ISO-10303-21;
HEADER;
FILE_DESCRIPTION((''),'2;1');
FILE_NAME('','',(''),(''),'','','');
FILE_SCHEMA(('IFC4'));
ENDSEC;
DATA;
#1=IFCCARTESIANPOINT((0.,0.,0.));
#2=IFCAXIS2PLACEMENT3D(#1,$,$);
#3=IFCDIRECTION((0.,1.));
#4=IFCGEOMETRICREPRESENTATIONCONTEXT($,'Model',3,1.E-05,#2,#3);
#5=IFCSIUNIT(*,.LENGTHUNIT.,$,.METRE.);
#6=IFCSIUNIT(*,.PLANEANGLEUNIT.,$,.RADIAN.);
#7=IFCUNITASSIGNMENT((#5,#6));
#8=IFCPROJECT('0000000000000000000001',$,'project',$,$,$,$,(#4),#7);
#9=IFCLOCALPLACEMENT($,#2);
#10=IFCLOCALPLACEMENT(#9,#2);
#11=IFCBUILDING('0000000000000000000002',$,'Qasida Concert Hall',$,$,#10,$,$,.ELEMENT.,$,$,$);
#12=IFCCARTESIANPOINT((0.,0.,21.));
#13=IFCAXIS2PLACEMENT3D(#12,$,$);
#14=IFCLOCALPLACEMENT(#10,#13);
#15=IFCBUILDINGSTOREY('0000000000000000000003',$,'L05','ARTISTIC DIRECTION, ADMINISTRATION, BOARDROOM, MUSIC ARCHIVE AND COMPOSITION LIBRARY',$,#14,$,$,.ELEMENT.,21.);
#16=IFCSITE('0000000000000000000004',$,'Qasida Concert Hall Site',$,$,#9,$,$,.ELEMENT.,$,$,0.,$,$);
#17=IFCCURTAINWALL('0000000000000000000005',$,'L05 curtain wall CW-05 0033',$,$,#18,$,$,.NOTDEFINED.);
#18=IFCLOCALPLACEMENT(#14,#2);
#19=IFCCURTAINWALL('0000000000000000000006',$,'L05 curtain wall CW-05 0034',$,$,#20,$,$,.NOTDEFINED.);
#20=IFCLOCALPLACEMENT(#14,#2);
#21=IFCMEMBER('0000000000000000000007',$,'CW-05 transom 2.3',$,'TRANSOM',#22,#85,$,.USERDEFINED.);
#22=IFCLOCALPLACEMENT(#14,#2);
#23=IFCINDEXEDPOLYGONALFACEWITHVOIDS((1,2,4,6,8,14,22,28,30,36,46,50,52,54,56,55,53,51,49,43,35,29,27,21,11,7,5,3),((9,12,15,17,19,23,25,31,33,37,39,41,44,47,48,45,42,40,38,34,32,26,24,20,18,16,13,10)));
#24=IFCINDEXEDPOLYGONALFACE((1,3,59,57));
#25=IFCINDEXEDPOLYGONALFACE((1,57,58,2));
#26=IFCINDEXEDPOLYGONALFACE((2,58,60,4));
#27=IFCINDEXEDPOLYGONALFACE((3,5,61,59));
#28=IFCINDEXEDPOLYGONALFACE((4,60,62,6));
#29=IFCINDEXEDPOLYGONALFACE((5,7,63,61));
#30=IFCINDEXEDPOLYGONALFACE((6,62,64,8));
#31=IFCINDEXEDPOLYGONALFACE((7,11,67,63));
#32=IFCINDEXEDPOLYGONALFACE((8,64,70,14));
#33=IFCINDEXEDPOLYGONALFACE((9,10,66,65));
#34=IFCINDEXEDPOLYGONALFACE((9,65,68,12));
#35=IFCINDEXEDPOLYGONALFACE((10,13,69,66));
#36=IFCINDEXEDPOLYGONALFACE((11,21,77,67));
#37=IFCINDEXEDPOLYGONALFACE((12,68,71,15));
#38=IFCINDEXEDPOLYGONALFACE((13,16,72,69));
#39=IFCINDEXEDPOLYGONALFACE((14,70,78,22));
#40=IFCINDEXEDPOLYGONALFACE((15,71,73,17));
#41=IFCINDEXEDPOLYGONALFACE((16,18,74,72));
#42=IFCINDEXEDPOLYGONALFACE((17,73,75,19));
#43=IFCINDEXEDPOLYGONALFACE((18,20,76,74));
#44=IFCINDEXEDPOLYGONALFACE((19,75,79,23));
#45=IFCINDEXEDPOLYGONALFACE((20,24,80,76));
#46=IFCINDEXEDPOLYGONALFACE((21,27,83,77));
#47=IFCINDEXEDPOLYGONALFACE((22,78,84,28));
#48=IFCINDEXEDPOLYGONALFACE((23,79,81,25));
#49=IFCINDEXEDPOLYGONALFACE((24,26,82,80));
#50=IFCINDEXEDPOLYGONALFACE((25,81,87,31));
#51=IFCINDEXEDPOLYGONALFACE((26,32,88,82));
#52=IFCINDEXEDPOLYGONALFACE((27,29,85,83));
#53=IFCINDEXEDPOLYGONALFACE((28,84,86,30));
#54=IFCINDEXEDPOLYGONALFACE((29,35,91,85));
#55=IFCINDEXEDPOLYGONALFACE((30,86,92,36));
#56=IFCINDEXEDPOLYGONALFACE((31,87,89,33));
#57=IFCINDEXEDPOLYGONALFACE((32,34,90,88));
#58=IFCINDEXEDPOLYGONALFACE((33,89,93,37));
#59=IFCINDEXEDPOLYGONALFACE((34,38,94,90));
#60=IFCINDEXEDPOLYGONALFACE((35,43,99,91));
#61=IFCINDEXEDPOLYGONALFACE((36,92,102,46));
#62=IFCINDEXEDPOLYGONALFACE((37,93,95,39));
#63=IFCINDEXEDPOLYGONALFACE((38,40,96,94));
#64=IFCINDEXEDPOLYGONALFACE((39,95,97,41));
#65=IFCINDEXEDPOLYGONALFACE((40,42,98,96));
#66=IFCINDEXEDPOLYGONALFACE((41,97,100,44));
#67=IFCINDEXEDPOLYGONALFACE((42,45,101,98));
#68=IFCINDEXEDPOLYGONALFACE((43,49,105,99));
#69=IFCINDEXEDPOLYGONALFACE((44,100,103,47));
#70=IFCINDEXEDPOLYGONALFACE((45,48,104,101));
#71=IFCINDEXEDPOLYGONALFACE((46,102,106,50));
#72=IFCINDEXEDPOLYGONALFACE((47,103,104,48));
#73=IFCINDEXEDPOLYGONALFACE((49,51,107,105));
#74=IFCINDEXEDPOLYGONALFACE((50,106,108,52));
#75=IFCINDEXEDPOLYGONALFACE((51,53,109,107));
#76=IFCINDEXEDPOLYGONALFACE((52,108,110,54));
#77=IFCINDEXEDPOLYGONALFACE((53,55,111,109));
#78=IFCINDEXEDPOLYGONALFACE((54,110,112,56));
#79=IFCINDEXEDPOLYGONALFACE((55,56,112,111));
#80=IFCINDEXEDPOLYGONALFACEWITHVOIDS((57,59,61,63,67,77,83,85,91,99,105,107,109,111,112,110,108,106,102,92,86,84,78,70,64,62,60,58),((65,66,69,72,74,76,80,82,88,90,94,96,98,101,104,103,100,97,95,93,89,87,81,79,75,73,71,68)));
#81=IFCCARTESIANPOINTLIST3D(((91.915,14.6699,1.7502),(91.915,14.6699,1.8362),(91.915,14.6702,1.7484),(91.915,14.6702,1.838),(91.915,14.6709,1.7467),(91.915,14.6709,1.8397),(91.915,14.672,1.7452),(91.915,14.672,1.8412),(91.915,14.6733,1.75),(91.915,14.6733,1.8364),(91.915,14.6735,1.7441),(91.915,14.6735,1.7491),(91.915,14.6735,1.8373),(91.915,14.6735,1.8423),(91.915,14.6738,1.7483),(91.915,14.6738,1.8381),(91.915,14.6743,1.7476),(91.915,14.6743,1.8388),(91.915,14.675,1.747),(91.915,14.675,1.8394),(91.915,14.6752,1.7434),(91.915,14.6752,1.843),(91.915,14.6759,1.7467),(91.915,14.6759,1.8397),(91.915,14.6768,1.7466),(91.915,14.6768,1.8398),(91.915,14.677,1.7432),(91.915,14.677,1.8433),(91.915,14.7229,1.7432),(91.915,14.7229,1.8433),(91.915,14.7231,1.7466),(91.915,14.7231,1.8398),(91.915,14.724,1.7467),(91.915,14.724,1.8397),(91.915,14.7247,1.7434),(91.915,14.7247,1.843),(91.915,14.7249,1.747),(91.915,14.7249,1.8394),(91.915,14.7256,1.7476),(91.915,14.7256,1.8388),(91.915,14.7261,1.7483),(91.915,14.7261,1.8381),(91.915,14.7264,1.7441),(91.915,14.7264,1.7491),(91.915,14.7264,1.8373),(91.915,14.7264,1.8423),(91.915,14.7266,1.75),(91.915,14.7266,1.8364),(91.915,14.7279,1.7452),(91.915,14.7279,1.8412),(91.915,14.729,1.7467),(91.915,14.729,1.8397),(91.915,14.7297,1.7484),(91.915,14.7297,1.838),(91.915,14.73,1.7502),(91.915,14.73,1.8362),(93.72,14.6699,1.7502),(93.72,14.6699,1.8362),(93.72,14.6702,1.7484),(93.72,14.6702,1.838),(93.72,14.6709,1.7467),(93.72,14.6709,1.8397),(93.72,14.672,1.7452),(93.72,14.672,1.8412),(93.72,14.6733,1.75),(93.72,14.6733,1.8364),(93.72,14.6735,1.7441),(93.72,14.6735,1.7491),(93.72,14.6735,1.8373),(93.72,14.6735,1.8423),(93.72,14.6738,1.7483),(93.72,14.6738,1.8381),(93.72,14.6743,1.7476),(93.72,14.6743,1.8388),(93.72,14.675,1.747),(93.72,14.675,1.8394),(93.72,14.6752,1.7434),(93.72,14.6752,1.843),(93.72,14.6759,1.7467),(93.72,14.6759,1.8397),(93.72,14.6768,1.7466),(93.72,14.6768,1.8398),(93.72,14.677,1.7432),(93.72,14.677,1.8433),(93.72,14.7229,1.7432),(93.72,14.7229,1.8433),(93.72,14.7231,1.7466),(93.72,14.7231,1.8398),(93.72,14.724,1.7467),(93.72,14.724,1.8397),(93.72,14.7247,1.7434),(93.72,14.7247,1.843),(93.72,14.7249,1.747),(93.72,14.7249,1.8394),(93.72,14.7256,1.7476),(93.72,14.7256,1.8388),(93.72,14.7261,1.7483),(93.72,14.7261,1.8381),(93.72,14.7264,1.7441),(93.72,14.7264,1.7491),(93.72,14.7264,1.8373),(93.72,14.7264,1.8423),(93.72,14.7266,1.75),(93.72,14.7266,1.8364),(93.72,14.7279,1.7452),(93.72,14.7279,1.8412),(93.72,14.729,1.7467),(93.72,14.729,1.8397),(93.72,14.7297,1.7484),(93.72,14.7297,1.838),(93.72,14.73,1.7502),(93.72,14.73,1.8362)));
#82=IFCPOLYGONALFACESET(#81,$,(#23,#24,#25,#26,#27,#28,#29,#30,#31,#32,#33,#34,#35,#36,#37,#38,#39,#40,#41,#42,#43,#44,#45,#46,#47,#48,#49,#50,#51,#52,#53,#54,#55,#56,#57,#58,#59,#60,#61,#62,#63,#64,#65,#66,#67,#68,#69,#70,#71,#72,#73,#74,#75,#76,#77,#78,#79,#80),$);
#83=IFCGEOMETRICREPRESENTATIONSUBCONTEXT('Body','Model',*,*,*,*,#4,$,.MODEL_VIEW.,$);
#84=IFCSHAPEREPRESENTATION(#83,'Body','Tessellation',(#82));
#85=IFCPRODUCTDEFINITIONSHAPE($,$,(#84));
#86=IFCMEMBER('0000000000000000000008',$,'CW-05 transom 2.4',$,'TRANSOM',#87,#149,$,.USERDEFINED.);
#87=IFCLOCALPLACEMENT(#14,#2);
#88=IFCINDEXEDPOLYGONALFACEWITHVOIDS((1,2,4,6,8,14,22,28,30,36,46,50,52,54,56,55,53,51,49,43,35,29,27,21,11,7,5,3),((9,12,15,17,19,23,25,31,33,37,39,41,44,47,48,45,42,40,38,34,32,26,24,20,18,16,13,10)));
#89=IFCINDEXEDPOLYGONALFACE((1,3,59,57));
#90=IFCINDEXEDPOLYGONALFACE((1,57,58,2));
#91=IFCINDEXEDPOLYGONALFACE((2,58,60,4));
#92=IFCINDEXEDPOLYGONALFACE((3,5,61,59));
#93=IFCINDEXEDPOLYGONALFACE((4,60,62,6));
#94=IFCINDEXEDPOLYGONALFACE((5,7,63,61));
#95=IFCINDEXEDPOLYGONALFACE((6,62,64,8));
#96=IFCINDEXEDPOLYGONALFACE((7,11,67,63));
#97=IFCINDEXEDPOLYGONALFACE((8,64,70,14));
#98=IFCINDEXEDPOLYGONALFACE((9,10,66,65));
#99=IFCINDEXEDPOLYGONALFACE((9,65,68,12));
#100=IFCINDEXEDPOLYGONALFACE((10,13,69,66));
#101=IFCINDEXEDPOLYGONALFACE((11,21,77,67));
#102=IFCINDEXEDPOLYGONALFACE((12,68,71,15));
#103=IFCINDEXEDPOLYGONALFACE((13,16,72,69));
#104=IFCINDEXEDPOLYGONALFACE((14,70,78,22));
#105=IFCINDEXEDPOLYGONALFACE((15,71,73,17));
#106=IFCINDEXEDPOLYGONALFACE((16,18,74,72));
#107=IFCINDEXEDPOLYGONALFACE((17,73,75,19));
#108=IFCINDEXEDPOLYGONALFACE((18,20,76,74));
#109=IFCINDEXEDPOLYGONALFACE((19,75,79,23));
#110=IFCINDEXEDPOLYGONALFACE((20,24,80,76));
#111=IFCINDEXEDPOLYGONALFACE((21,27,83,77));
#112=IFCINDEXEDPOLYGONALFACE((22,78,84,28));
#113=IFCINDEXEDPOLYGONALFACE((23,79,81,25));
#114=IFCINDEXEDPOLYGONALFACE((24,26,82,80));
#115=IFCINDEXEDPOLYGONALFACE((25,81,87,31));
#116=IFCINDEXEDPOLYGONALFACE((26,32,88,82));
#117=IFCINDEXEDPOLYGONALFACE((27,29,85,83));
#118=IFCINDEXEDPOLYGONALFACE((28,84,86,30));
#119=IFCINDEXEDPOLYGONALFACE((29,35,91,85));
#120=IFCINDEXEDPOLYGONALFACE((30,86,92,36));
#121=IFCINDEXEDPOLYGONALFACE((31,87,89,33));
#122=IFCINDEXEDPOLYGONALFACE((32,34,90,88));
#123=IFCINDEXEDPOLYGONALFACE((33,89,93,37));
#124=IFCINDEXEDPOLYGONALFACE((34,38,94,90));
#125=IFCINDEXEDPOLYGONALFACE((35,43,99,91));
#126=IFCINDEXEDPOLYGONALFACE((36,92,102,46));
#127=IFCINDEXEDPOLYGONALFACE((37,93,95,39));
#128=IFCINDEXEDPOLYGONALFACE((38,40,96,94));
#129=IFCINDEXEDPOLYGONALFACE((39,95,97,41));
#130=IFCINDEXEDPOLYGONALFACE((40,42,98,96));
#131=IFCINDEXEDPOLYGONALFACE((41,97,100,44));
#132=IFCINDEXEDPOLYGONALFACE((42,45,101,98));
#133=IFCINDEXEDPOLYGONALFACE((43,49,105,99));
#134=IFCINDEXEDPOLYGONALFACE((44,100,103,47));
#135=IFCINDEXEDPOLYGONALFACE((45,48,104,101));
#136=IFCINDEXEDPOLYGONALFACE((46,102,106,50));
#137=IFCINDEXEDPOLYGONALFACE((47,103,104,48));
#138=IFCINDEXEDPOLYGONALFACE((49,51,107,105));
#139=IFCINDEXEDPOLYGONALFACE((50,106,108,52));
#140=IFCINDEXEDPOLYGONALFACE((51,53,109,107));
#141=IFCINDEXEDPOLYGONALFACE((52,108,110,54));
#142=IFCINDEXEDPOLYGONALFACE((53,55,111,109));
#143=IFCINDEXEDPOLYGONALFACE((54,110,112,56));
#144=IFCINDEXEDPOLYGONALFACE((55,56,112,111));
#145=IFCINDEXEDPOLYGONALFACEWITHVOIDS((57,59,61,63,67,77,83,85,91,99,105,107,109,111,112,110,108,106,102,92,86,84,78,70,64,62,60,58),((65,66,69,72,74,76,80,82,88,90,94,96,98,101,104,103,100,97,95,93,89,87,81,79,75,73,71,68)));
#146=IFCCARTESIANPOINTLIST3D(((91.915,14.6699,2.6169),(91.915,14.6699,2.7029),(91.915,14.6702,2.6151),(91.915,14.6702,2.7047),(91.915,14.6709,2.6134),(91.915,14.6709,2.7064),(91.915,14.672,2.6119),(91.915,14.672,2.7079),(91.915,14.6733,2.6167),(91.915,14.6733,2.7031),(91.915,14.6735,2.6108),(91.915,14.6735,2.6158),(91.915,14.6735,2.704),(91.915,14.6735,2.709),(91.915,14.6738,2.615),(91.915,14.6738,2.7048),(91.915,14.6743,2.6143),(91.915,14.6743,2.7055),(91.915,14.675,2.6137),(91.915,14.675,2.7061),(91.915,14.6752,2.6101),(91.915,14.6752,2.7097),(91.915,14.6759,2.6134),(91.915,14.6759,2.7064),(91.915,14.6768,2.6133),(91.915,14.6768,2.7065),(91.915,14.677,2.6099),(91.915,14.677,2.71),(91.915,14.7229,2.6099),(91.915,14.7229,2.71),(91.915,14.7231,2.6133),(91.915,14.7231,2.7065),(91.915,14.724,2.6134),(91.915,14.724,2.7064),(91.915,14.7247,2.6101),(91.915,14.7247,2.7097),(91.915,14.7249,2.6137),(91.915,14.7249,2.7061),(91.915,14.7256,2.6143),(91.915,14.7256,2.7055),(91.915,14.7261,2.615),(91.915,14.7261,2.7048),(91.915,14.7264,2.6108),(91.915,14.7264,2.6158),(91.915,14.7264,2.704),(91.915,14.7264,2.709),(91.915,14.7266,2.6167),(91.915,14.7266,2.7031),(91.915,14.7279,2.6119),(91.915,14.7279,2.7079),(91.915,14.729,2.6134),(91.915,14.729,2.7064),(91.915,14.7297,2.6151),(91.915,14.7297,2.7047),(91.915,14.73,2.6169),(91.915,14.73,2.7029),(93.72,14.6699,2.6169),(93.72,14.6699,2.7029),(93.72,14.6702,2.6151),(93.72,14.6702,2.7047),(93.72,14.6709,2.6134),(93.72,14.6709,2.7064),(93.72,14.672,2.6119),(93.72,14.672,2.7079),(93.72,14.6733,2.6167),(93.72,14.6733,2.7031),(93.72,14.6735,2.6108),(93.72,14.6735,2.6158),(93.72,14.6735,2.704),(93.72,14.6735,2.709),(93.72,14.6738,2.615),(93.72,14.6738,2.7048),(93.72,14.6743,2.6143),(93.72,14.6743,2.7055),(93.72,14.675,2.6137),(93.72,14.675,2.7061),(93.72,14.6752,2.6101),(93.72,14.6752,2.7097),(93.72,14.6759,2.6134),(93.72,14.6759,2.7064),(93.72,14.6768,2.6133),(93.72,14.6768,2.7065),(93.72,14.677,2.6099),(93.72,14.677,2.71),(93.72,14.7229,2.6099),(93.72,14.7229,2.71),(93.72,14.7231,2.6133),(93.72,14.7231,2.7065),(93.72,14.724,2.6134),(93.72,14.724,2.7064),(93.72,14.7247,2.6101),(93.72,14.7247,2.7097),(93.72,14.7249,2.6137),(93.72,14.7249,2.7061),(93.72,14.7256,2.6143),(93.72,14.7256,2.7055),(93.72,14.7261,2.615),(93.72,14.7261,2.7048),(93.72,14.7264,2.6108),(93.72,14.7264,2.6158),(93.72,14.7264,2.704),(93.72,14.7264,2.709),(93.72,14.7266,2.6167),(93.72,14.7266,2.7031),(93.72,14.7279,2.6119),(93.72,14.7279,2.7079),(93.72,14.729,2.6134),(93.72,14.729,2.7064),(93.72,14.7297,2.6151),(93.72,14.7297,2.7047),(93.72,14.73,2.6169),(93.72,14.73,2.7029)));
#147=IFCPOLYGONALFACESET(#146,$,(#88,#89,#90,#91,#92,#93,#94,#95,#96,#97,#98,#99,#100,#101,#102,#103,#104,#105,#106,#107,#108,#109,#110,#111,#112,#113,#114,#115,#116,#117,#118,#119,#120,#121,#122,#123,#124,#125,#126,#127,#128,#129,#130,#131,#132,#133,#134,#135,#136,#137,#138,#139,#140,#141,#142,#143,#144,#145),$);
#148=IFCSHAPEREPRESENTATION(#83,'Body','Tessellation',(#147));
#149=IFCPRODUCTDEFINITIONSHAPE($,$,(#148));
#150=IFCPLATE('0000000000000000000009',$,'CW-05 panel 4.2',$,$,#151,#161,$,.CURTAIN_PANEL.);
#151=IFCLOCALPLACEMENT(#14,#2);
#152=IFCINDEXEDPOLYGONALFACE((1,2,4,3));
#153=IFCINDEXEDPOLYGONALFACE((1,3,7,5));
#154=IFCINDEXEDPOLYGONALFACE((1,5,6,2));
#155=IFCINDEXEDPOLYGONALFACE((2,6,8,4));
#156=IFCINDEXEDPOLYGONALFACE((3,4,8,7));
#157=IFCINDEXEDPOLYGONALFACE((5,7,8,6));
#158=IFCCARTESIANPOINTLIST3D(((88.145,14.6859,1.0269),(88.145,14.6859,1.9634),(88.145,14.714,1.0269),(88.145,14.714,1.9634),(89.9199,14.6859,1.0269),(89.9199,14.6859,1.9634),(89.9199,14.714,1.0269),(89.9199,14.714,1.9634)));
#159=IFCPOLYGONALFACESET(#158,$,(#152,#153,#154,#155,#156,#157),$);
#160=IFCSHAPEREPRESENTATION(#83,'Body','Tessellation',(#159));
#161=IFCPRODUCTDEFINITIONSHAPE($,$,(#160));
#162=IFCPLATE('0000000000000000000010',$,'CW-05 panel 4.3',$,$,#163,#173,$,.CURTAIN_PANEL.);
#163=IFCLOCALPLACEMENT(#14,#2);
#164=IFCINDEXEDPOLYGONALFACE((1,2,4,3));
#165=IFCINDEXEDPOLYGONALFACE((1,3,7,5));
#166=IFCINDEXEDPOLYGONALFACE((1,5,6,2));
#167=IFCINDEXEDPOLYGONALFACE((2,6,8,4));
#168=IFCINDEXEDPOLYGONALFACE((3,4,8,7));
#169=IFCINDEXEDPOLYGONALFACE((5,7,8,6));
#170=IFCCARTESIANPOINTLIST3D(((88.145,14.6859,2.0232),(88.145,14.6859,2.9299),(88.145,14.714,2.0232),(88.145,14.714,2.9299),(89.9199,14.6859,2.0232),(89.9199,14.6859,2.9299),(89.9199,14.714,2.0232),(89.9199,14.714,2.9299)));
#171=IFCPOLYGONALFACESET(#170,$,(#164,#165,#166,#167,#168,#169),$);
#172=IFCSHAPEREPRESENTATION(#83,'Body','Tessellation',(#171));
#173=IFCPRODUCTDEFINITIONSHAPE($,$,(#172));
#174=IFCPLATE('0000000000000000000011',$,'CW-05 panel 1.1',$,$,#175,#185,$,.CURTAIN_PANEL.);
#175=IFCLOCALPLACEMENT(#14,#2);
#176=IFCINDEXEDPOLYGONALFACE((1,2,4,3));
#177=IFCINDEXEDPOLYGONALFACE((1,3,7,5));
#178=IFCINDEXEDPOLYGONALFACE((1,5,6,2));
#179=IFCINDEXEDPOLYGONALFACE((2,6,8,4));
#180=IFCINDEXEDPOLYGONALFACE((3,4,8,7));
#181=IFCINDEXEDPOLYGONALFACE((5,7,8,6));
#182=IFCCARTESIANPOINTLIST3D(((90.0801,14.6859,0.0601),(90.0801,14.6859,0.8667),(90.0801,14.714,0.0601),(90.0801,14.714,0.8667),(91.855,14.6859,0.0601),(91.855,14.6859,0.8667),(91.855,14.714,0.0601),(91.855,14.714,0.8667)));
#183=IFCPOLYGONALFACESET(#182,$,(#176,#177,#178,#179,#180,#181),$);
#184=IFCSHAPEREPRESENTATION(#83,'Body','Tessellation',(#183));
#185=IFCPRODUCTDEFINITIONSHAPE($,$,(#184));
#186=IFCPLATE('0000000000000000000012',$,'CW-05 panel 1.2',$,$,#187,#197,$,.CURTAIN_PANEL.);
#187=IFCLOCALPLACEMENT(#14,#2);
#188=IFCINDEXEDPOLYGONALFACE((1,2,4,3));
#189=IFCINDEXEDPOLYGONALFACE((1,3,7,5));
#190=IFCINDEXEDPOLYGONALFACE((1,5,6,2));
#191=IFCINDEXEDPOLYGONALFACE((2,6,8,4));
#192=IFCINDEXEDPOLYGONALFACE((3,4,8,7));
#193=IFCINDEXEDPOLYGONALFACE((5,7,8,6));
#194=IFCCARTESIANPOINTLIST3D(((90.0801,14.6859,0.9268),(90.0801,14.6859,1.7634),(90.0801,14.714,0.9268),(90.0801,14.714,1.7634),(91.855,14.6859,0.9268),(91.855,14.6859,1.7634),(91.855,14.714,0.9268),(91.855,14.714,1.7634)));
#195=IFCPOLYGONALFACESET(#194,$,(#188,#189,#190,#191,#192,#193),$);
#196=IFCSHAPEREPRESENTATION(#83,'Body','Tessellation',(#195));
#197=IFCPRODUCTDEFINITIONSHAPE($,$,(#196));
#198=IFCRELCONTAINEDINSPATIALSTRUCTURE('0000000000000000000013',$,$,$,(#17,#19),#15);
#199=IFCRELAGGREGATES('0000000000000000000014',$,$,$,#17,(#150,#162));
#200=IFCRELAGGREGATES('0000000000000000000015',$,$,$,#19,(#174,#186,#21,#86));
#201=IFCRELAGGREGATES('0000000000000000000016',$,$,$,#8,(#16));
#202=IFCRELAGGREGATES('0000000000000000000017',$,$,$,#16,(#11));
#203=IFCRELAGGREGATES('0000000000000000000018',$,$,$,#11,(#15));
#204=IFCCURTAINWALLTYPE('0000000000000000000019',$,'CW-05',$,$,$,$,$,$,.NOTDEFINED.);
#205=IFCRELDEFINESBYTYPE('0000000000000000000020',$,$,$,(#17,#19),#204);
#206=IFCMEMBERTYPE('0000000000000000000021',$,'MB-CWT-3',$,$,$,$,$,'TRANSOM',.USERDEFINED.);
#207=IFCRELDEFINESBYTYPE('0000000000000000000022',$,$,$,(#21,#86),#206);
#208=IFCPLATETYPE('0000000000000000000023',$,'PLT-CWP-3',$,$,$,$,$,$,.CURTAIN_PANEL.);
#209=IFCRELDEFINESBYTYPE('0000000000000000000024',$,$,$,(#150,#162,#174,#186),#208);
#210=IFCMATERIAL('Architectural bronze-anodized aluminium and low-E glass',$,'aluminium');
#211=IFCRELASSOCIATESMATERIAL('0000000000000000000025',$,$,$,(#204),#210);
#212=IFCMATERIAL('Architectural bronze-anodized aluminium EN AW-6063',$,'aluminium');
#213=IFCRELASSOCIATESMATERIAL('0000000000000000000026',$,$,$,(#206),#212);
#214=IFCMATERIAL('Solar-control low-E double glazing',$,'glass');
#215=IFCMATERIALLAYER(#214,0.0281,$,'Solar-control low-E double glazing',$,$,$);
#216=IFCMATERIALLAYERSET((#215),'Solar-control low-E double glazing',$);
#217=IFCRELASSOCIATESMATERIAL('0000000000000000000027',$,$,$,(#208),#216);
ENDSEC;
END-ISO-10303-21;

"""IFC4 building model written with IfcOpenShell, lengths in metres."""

from ifc_helpers import new_model, si_unit, direction, frame, origin, origin_2d, place, context, subcontext, project, spatial, rectangle, hollow_rectangle, extrude, material, layer, layer_set, material_profile, profile_set, type_object, element, aggregate, save


model = new_model("IFC4")

# Units and contexts
model_context = context("Model", 3, precision=1e-05, world=origin(), true_north=direction((0.0, 1.0)))
body_context = subcontext(model_context, "Body", "Model", "MODEL_VIEW")
ifc_project = project(units=[si_unit("LENGTHUNIT", "METRE"), si_unit("PLANEANGLEUNIT", "RADIAN")], contexts=[model_context])

# Site, building, storey
site_placement = place(None, origin())
site = spatial("IfcSite", under=ifc_project, at=site_placement, Name="Qasida Concert Hall Site", CompositionType="ELEMENT", RefElevation=0.0)
building_placement = place(site_placement, origin())
building = spatial("IfcBuilding", under=site, at=building_placement, Name="Qasida Concert Hall", CompositionType="ELEMENT")
storey_placement = place(building_placement, frame((0.0, 0.0, 21.0)))
storey = spatial("IfcBuildingStorey", under=building, at=storey_placement, Name="L05", Description="ARTISTIC DIRECTION, ADMINISTRATION, BOARDROOM, MUSIC ARCHIVE AND COMPOSITION LIBRARY", CompositionType="ELEMENT", Elevation=21.0)

# Curtain wall
ifc_material_1 = material(Name="Architectural bronze-anodized aluminium and low-E glass", Category="aluminium")
curtain_wall_type = type_object("IfcCurtainWallType", Name="CW-05", PredefinedType="NOTDEFINED", material=ifc_material_1)
curtain_wall_1_placement = place(storey_placement, origin())
curtain_wall_1 = element("IfcCurtainWall", 1, at=curtain_wall_1_placement, inside=storey, type_object=curtain_wall_type, Name="L05 curtain wall CW-05 0033", PredefinedType="NOTDEFINED")
ifc_material_2 = material(Name="Architectural bronze-anodized aluminium EN AW-6063", Category="aluminium")

# Curtain wall, members
curtain_wall_2_placement = place(storey_placement, origin())
curtain_wall_2 = element("IfcCurtainWall", 2, at=curtain_wall_2_placement, inside=storey, type_object=curtain_wall_type, Name="L05 curtain wall CW-05 0034", PredefinedType="NOTDEFINED")
ifc_material_profile_1 = material_profile(ifc_material_2, hollow_rectangle(XDim=0.0601, YDim=0.1001, WallThickness=0.0034, InnerFilletRadius=0.0034, OuterFilletRadius=0.0071, at=origin_2d()), Name="CWT 100x60x3.5")
ifc_profile_set_1 = profile_set([ifc_material_profile_1], Name="Architectural bronze-anodized aluminium EN AW-6063")
member_type_1 = type_object("IfcMemberType", Name="MB-CWT-3", ElementType="TRANSOM", PredefinedType="USERDEFINED", material=ifc_profile_set_1)
member_1_placement = place(storey_placement, frame((91.915, 14.7, 1.7932), z_axis=(1.0, 0.0, 0.0), x_axis=(0.0, 1.0, 0.0)))
member_1 = element("IfcMember", 3, at=member_1_placement, type_object=member_type_1, Name="CW-05 transom 2.3", ObjectType="TRANSOM", PredefinedType="USERDEFINED", context=body_context, shape_type="SweptSolid", body=[
    extrude(hollow_rectangle(XDim=0.0601, YDim=0.1001, WallThickness=0.0034, InnerFilletRadius=0.0034, OuterFilletRadius=0.0071, at=origin_2d()), origin(), (0.0, 0.0, 1.0), 1.8049),
])
member_2_placement = place(storey_placement, frame((91.915, 14.7, 2.6599), z_axis=(1.0, 0.0, 0.0), x_axis=(0.0, 1.0, 0.0)))
member_2 = element("IfcMember", 4, at=member_2_placement, type_object=member_type_1, Name="CW-05 transom 2.4", ObjectType="TRANSOM", PredefinedType="USERDEFINED", context=body_context, shape_type="SweptSolid", body=[
    extrude(hollow_rectangle(XDim=0.0601, YDim=0.1001, WallThickness=0.0034, InnerFilletRadius=0.0034, OuterFilletRadius=0.0071, at=origin_2d()), origin(), (0.0, 0.0, 1.0), 1.8049),
])

# Plates
ifc_material_3 = material(Name="Solar-control low-E double glazing", Category="glass")
ifc_layer = layer(ifc_material_3, 0.0281, Name="Solar-control low-E double glazing")
ifc_layer_set = layer_set([ifc_layer], Name="Solar-control low-E double glazing")
plate_type = type_object("IfcPlateType", Name="PLT-CWP-3", PredefinedType="CURTAIN_PANEL", material=ifc_layer_set)
plate_1_placement = place(storey_placement, frame((89.0325, 14.7, 1.0269), z_axis=(0.0, 0.0, 1.0), x_axis=(1.0, 0.0, 0.0)))
plate_1 = element("IfcPlate", 5, at=plate_1_placement, type_object=plate_type, Name="CW-05 panel 4.2", PredefinedType="CURTAIN_PANEL", context=body_context, shape_type="SweptSolid", body=[
    extrude(rectangle(XDim=1.7749, YDim=0.0281, at=origin_2d()), origin(), (0.0, 0.0, 1.0), 0.9365),
])
plate_2_placement = place(storey_placement, frame((89.0325, 14.7, 2.0232), z_axis=(0.0, 0.0, 1.0), x_axis=(1.0, 0.0, 0.0)))
plate_2 = element("IfcPlate", 6, at=plate_2_placement, type_object=plate_type, Name="CW-05 panel 4.3", PredefinedType="CURTAIN_PANEL", context=body_context, shape_type="SweptSolid", body=[
    extrude(rectangle(XDim=1.7749, YDim=0.0281, at=origin_2d()), origin(), (0.0, 0.0, 1.0), 0.9067),
])
aggregate(curtain_wall_1, [plate_1, plate_2])
plate_3_placement = place(storey_placement, frame((90.9675, 14.7, 0.0601), z_axis=(0.0, 0.0, 1.0), x_axis=(1.0, 0.0, 0.0)))
plate_3 = element("IfcPlate", 7, at=plate_3_placement, type_object=plate_type, Name="CW-05 panel 1.1", PredefinedType="CURTAIN_PANEL", context=body_context, shape_type="SweptSolid", body=[
    extrude(rectangle(XDim=1.7749, YDim=0.0281, at=origin_2d()), origin(), (0.0, 0.0, 1.0), 0.8066),
])
plate_4_placement = place(storey_placement, frame((90.9675, 14.7, 0.9268), z_axis=(0.0, 0.0, 1.0), x_axis=(1.0, 0.0, 0.0)))
plate_4 = element("IfcPlate", 8, at=plate_4_placement, type_object=plate_type, Name="CW-05 panel 1.2", PredefinedType="CURTAIN_PANEL", context=body_context, shape_type="SweptSolid", body=[
    extrude(rectangle(XDim=1.7749, YDim=0.0281, at=origin_2d()), origin(), (0.0, 0.0, 1.0), 0.8367),
])
aggregate(curtain_wall_2, [plate_3, plate_4, member_1, member_2])

save(model, "model.ifc")
